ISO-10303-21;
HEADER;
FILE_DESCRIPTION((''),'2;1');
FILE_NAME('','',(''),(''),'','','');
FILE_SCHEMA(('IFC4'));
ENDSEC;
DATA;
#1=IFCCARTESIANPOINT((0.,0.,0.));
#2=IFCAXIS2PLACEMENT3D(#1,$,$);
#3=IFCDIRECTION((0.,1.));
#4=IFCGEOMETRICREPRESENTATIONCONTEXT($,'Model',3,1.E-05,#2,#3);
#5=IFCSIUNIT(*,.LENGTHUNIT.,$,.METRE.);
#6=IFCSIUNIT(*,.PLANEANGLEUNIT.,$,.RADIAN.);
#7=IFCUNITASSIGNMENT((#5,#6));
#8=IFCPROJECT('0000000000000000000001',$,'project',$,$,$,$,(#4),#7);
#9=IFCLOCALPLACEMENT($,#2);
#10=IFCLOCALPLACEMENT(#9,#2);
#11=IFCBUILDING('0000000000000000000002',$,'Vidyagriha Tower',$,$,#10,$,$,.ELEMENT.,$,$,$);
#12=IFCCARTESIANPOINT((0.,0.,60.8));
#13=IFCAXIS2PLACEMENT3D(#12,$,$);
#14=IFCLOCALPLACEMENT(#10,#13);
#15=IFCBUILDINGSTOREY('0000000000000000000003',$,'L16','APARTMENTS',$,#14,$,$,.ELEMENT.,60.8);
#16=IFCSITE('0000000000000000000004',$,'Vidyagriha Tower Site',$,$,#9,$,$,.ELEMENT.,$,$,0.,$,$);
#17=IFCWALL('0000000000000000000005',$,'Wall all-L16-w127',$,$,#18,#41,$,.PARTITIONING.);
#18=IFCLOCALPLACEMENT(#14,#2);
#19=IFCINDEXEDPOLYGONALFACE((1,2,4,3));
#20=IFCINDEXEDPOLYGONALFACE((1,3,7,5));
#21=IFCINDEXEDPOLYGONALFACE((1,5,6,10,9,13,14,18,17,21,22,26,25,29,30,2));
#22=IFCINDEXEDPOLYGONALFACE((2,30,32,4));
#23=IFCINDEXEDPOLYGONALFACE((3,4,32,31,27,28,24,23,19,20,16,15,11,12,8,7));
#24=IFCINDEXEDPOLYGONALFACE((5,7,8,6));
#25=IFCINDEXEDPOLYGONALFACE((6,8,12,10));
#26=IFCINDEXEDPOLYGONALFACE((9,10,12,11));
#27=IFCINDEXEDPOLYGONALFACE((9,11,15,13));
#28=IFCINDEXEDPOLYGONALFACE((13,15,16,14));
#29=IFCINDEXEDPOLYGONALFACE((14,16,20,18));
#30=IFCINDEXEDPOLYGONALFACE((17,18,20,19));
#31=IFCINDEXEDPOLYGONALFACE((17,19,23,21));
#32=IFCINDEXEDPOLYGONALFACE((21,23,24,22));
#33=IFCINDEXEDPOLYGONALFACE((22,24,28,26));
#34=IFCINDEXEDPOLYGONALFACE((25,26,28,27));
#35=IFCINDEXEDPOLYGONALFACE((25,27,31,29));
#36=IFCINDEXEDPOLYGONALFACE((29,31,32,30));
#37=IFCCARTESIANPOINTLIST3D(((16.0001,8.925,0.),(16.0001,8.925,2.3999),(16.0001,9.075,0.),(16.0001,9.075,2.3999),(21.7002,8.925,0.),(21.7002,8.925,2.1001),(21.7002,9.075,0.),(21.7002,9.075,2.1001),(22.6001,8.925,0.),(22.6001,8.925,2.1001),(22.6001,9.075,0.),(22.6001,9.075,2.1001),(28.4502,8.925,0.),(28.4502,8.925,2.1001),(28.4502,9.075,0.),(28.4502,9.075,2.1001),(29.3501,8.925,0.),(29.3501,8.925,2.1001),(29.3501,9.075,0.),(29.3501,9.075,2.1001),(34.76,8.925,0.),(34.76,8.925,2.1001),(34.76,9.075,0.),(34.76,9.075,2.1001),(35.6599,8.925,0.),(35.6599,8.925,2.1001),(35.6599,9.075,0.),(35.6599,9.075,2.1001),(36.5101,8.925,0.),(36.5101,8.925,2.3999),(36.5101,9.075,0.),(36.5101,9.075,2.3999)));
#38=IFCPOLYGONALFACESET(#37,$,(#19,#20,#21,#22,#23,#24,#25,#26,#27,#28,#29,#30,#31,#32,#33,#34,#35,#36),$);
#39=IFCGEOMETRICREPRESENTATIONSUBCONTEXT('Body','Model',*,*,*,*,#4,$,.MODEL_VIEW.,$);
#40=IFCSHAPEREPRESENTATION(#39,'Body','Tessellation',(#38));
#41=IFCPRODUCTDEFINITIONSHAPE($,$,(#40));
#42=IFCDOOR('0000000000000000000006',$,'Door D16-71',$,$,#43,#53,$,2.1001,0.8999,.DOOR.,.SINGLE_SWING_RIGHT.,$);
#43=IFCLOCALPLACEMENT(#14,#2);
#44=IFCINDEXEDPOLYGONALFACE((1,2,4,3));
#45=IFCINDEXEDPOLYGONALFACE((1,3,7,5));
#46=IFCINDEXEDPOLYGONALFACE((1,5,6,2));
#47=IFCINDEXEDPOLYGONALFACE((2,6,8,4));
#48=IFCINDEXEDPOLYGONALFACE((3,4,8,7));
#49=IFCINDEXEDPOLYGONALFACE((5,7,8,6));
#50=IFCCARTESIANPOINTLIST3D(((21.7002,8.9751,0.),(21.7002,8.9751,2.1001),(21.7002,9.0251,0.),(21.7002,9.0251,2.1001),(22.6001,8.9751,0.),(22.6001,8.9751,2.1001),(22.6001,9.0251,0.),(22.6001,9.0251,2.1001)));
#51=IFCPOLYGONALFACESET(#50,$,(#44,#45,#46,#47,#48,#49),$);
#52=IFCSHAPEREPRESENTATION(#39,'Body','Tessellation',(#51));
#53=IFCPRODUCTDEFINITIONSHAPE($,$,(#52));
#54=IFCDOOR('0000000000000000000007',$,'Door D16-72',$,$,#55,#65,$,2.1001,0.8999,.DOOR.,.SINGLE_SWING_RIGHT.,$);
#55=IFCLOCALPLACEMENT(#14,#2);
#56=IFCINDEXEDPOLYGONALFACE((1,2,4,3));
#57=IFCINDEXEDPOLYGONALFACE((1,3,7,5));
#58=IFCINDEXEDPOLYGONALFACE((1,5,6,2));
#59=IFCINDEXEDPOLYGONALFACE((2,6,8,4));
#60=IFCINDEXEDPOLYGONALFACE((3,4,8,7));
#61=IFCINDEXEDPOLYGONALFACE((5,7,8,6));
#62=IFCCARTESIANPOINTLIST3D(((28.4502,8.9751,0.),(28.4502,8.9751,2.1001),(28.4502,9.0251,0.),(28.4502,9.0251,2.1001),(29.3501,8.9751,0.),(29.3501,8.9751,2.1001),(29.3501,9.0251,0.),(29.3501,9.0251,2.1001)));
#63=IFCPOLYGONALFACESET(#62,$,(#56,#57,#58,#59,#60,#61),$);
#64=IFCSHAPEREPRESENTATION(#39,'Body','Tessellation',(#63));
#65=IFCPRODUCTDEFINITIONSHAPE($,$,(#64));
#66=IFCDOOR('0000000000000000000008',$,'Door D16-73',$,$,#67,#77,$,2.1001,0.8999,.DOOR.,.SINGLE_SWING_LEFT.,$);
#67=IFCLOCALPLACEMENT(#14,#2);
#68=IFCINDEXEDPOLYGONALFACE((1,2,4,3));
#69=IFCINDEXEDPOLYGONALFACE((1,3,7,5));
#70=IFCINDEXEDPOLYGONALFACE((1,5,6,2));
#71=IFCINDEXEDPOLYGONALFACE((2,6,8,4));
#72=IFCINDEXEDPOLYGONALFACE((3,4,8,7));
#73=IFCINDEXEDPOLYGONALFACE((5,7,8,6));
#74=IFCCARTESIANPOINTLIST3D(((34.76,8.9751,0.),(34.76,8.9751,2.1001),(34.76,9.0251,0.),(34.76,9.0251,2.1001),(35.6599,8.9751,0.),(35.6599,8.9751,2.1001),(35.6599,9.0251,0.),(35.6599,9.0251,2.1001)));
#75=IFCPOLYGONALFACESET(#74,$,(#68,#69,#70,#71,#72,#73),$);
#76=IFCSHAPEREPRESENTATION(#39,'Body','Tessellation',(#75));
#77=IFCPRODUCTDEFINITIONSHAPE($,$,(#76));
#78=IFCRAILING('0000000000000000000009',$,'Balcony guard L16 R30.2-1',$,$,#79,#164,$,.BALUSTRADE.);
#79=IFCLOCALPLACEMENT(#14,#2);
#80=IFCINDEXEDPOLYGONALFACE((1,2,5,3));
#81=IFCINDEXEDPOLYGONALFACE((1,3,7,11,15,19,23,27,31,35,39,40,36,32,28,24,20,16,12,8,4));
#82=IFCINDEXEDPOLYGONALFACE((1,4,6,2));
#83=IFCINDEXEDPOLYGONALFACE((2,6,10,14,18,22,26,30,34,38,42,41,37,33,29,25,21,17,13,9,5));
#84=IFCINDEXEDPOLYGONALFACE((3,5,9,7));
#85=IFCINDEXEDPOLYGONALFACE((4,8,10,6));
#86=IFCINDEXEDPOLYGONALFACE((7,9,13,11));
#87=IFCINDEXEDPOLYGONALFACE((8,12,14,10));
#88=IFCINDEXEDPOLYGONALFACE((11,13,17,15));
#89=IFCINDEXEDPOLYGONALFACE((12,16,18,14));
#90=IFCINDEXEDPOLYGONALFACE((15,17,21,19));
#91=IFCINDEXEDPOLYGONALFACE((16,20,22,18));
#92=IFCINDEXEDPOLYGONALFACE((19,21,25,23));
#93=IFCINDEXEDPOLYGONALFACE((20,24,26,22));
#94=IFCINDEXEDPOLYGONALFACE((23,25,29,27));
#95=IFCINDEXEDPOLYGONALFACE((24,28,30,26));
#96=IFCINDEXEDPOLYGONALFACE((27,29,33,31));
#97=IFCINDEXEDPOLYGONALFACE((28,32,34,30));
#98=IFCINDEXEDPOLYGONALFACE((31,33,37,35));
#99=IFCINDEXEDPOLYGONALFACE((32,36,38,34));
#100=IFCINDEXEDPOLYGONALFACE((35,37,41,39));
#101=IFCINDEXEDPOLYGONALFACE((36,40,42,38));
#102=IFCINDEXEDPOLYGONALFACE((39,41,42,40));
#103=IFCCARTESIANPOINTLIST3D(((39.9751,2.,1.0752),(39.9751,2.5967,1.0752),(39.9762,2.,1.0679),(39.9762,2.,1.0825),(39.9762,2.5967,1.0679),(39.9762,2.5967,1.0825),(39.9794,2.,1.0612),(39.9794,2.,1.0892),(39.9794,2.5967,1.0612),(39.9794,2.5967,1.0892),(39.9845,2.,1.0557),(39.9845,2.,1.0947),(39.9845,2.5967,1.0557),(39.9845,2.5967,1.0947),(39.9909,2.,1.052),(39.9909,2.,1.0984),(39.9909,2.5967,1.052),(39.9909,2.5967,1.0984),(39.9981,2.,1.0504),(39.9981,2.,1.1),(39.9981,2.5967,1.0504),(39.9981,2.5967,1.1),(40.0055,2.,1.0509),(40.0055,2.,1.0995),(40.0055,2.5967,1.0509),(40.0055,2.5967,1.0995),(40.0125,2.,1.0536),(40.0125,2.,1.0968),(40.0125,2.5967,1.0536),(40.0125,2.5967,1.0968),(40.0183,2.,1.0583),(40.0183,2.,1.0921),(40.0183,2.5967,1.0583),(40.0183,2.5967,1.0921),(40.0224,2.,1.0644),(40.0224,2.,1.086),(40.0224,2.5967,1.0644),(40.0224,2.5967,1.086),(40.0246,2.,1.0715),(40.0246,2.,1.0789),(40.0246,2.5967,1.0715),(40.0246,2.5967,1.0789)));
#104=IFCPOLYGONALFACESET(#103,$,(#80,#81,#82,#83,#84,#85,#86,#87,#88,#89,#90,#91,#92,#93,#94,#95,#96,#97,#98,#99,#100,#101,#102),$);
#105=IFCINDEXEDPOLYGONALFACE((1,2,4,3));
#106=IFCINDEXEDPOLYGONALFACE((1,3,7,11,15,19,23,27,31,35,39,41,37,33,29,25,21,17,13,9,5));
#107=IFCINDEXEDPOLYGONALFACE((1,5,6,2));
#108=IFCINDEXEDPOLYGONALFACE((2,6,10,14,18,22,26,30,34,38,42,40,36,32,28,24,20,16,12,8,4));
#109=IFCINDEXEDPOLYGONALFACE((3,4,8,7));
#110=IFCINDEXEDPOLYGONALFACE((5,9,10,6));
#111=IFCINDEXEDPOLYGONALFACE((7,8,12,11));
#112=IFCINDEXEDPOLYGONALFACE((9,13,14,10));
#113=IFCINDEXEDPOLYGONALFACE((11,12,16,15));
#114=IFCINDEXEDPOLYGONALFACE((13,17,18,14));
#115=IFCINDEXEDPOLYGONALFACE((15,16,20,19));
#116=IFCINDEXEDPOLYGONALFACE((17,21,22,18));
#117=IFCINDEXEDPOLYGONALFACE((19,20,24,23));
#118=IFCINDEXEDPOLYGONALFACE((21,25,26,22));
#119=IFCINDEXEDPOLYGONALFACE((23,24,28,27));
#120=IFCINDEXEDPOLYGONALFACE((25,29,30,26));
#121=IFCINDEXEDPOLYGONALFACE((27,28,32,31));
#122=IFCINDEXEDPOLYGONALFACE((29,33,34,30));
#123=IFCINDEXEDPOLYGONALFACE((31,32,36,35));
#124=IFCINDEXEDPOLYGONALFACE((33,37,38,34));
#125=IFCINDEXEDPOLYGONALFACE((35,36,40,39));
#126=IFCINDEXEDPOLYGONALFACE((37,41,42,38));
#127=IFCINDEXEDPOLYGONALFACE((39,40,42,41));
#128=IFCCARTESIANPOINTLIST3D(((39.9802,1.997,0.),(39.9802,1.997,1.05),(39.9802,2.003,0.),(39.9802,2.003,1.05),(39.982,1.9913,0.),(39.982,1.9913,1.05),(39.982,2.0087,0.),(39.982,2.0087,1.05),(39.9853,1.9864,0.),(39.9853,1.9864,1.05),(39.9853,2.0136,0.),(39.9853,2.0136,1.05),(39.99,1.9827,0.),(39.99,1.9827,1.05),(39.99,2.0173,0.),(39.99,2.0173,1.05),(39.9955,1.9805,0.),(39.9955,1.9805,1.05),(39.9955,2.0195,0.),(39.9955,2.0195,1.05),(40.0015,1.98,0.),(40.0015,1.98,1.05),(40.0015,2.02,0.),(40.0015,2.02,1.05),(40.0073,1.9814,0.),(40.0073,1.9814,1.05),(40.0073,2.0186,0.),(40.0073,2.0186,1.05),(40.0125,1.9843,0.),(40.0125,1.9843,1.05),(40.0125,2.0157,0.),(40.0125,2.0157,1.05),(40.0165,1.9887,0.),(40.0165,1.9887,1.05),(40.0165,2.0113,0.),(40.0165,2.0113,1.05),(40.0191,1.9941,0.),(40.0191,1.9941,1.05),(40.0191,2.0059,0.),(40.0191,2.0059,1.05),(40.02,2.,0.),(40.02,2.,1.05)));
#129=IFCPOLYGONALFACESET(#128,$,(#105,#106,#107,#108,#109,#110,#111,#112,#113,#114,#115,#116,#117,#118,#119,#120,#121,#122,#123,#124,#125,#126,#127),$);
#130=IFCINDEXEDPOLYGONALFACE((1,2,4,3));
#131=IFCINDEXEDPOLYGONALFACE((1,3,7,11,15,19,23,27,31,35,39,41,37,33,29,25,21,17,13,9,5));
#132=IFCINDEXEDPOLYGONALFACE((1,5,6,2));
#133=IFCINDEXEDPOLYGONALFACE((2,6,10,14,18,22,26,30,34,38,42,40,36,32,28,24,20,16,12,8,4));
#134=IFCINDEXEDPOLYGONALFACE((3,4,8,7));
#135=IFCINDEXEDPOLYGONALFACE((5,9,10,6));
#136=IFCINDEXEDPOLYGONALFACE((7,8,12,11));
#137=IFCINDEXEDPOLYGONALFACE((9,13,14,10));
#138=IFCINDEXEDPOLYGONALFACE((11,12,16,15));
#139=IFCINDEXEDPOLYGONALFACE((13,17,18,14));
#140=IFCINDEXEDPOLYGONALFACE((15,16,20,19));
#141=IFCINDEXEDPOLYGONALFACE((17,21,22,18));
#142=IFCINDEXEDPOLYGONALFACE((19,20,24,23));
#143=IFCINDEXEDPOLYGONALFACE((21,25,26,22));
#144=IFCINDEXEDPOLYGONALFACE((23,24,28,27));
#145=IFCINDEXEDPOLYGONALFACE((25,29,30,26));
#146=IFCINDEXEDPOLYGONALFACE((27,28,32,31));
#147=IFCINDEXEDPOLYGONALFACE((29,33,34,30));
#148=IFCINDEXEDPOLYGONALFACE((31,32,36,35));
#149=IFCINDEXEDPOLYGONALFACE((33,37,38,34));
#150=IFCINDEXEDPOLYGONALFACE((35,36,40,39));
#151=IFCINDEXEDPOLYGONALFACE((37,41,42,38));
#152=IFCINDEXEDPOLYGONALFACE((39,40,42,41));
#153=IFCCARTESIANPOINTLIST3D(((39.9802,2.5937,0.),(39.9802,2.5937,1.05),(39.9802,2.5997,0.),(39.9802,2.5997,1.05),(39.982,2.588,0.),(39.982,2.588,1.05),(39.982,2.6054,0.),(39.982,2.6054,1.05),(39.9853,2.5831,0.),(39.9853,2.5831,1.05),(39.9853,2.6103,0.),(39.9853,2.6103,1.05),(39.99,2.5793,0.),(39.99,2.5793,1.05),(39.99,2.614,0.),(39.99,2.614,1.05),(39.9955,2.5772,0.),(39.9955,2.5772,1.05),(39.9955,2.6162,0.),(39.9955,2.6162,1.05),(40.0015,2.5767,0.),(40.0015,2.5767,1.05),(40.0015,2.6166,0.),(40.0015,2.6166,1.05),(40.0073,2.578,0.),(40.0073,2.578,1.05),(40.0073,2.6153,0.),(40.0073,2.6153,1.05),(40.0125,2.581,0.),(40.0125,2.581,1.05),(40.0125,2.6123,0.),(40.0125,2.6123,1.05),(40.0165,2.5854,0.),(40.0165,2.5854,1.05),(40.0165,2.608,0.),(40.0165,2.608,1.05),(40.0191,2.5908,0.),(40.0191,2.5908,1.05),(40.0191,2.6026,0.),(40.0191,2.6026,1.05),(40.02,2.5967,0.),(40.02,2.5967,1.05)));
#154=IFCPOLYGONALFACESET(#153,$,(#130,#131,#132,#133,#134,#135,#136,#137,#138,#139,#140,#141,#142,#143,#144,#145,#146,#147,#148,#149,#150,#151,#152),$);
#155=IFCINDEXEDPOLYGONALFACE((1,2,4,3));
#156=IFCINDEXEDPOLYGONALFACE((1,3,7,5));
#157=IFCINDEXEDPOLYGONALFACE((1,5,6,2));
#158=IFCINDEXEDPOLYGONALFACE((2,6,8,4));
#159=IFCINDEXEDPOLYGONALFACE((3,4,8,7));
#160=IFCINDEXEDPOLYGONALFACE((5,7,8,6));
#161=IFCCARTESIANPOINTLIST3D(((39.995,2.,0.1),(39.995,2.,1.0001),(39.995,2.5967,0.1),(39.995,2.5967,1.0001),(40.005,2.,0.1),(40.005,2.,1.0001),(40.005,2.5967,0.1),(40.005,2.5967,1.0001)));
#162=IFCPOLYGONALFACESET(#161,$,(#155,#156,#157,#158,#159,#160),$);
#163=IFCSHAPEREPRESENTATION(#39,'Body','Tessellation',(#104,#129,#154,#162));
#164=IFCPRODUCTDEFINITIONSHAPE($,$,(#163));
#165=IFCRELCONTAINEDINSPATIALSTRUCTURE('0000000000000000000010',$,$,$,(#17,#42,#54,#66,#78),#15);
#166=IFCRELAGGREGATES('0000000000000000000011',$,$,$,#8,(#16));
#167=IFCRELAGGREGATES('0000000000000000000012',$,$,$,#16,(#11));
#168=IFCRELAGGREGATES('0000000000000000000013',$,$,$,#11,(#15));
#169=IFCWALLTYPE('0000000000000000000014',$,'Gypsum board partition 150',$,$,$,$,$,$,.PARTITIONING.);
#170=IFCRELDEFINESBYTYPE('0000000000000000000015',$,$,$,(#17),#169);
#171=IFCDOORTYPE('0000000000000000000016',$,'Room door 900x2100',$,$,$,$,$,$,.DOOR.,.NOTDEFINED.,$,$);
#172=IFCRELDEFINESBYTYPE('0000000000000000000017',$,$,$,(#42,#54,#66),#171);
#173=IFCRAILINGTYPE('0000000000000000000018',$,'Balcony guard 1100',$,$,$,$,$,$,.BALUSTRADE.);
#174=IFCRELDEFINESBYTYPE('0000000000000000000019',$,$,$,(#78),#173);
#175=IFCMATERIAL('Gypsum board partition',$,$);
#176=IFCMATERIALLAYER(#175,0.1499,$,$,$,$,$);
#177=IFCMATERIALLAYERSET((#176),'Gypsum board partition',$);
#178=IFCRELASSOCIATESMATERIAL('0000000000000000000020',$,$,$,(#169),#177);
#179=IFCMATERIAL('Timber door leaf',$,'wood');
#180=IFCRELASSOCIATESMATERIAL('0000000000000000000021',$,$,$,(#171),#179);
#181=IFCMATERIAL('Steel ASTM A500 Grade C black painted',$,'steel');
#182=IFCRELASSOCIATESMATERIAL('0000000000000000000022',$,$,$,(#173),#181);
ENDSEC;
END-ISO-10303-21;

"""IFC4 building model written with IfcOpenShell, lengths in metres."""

from ifc_helpers import new_model, si_unit, direction, frame, frame_2d, origin, origin_2d, place, context, subcontext, project, spatial, rectangle, circle, extrude, material, layer, layer_set, type_object, element, fill, save


model = new_model("IFC4")

# Units and contexts
model_context = context("Model", 3, precision=1e-05, world=origin(), true_north=direction((0.0, 1.0)))
body_context = subcontext(model_context, "Body", "Model", "MODEL_VIEW")
ifc_project = project(units=[si_unit("LENGTHUNIT", "METRE"), si_unit("PLANEANGLEUNIT", "RADIAN")], contexts=[model_context])

# Site, building, storey
site_placement = place(None, origin())
site = spatial("IfcSite", under=ifc_project, at=site_placement, Name="Vidyagriha Tower Site", CompositionType="ELEMENT", RefElevation=0.0)
building_placement = place(site_placement, origin())
building = spatial("IfcBuilding", under=site, at=building_placement, Name="Vidyagriha Tower", CompositionType="ELEMENT")
storey_placement = place(building_placement, frame((0.0, 0.0, 60.8)))
storey = spatial("IfcBuildingStorey", under=building, at=storey_placement, Name="L16", Description="APARTMENTS", CompositionType="ELEMENT", Elevation=60.8)

# Wall, openings, doors
ifc_material_1 = material(Name="Gypsum board partition")
ifc_layer_1 = layer(ifc_material_1, 0.1499)
ifc_layer_set_1 = layer_set([ifc_layer_1], Name="Gypsum board partition")
wall_type_1 = type_object("IfcWallType", Name="Gypsum board partition 150", PredefinedType="PARTITIONING", material=ifc_layer_set_1)
wall_1_placement = place(storey_placement, frame((36.51, 9.0, 0.0), z_axis=(0.0, 0.0, 1.0), x_axis=(-1.0, 0.0, 0.0)))
wall_1 = element("IfcWall", 1, at=wall_1_placement, inside=storey, type_object=wall_type_1, Name="Wall all-L16-w127", PredefinedType="PARTITIONING", context=body_context, shape_type="SweptSolid", body=[
    extrude(rectangle(XDim=20.51, YDim=0.1499, at=frame_2d((10.2549, 0.0))), origin(), (0.0, 0.0, 1.0), 2.3999),
])
opening_1_placement = place(wall_1_placement, frame((13.9099, 0.0, 0.0)))
opening_1 = element("IfcOpeningElement", 2, at=opening_1_placement, cuts=wall_1, PredefinedType="OPENING", context=body_context, shape_type="SweptSolid", body=[
    extrude(rectangle(XDim=0.8999, YDim=2.1001, at=frame_2d((0.45, 1.05))), frame((0.0, 0.085, 0.0), z_axis=(0.0, -1.0, 0.0), x_axis=(1.0, 0.0, 0.0)), (0.0, 0.0, 1.0), 0.1699),
])
opening_2_placement = place(wall_1_placement, frame((7.1599, 0.0, 0.0)))
opening_2 = element("IfcOpeningElement", 3, at=opening_2_placement, cuts=wall_1, PredefinedType="OPENING", context=body_context, shape_type="SweptSolid", body=[
    extrude(rectangle(XDim=0.8999, YDim=2.1001, at=frame_2d((0.45, 1.05))), frame((0.0, 0.085, 0.0), z_axis=(0.0, -1.0, 0.0), x_axis=(1.0, 0.0, 0.0)), (0.0, 0.0, 1.0), 0.1699),
])
opening_3_placement = place(wall_1_placement, frame((0.8501, 0.0, 0.0)))
opening_3 = element("IfcOpeningElement", 4, at=opening_3_placement, cuts=wall_1, PredefinedType="OPENING", context=body_context, shape_type="SweptSolid", body=[
    extrude(rectangle(XDim=0.8999, YDim=2.1001, at=frame_2d((0.45, 1.05))), frame((0.0, 0.085, 0.0), z_axis=(0.0, -1.0, 0.0), x_axis=(1.0, 0.0, 0.0)), (0.0, 0.0, 1.0), 0.1699),
])
ifc_material_2 = material(Name="Timber door leaf", Category="wood")
door_type_1 = type_object("IfcDoorType", Name="Room door 900x2100", OperationType="NOTDEFINED", PredefinedType="DOOR", material=ifc_material_2)
door_1_placement = place(opening_1_placement, origin())
door_1 = element("IfcDoor", 5, at=door_1_placement, inside=storey, type_object=door_type_1, Name="Door D16-71", OperationType="SINGLE_SWING_RIGHT", OverallHeight=2.1001, OverallWidth=0.8999, PredefinedType="DOOR", context=body_context, shape_type="SweptSolid", body=[
    extrude(rectangle(XDim=0.8999, YDim=2.1001, at=frame_2d((0.45, 1.05))), frame((0.0, 0.0249, 0.0), z_axis=(0.0, -1.0, 0.0), x_axis=(1.0, 0.0, 0.0)), (0.0, 0.0, 1.0), 0.05),
])
fill(opening_1, door_1)
door_2_placement = place(opening_2_placement, origin())
door_2 = element("IfcDoor", 6, at=door_2_placement, inside=storey, type_object=door_type_1, Name="Door D16-72", OperationType="SINGLE_SWING_RIGHT", OverallHeight=2.1001, OverallWidth=0.8999, PredefinedType="DOOR", context=body_context, shape_type="SweptSolid", body=[
    extrude(rectangle(XDim=0.8999, YDim=2.1001, at=frame_2d((0.45, 1.05))), frame((0.0, 0.0249, 0.0), z_axis=(0.0, -1.0, 0.0), x_axis=(1.0, 0.0, 0.0)), (0.0, 0.0, 1.0), 0.05),
])
fill(opening_2, door_2)
door_3_placement = place(opening_3_placement, origin())
door_3 = element("IfcDoor", 7, at=door_3_placement, inside=storey, type_object=door_type_1, Name="Door D16-73", OperationType="SINGLE_SWING_LEFT", OverallHeight=2.1001, OverallWidth=0.8999, PredefinedType="DOOR", context=body_context, shape_type="SweptSolid", body=[
    extrude(rectangle(XDim=0.8999, YDim=2.1001, at=frame_2d((0.45, 1.05))), frame((0.0, 0.0249, 0.0), z_axis=(0.0, -1.0, 0.0), x_axis=(1.0, 0.0, 0.0)), (0.0, 0.0, 1.0), 0.05),
])
fill(opening_3, door_3)

# Railing
ifc_material_3 = material(Name="Steel ASTM A500 Grade C black painted", Category="steel")
railing_type_1 = type_object("IfcRailingType", Name="Balcony guard 1100", PredefinedType="BALUSTRADE", material=ifc_material_3)
railing_1_placement = place(storey_placement, frame((40.0, 2.0, 0.0)))
element("IfcRailing", 8, at=railing_1_placement, inside=storey, type_object=railing_type_1, Name="Balcony guard L16 R30.2-1", PredefinedType="BALUSTRADE", context=body_context, shape_type="SweptSolid", body=[
    extrude(circle(Radius=0.0249, at=origin_2d()), frame((0.0, 0.0, 1.0752), z_axis=(0.0, 1.0, 0.0), x_axis=(-1.0, 0.0, 0.0)), (0.0, 0.0, 1.0), 0.5967),
    extrude(circle(Radius=0.02, at=origin_2d()), origin(), (0.0, 0.0, 1.0), 1.05),
    extrude(circle(Radius=0.02, at=origin_2d()), frame((0.0, 0.5967, 0.0)), (0.0, 0.0, 1.0), 1.05),
    extrude(rectangle(XDim=0.01, YDim=0.9001, at=origin_2d()), frame((0.0, 0.0, 0.55), z_axis=(0.0, 1.0, 0.0), x_axis=(-1.0, 0.0, 0.0)), (0.0, 0.0, 1.0), 0.5967),
])

save(model, "model.ifc")
